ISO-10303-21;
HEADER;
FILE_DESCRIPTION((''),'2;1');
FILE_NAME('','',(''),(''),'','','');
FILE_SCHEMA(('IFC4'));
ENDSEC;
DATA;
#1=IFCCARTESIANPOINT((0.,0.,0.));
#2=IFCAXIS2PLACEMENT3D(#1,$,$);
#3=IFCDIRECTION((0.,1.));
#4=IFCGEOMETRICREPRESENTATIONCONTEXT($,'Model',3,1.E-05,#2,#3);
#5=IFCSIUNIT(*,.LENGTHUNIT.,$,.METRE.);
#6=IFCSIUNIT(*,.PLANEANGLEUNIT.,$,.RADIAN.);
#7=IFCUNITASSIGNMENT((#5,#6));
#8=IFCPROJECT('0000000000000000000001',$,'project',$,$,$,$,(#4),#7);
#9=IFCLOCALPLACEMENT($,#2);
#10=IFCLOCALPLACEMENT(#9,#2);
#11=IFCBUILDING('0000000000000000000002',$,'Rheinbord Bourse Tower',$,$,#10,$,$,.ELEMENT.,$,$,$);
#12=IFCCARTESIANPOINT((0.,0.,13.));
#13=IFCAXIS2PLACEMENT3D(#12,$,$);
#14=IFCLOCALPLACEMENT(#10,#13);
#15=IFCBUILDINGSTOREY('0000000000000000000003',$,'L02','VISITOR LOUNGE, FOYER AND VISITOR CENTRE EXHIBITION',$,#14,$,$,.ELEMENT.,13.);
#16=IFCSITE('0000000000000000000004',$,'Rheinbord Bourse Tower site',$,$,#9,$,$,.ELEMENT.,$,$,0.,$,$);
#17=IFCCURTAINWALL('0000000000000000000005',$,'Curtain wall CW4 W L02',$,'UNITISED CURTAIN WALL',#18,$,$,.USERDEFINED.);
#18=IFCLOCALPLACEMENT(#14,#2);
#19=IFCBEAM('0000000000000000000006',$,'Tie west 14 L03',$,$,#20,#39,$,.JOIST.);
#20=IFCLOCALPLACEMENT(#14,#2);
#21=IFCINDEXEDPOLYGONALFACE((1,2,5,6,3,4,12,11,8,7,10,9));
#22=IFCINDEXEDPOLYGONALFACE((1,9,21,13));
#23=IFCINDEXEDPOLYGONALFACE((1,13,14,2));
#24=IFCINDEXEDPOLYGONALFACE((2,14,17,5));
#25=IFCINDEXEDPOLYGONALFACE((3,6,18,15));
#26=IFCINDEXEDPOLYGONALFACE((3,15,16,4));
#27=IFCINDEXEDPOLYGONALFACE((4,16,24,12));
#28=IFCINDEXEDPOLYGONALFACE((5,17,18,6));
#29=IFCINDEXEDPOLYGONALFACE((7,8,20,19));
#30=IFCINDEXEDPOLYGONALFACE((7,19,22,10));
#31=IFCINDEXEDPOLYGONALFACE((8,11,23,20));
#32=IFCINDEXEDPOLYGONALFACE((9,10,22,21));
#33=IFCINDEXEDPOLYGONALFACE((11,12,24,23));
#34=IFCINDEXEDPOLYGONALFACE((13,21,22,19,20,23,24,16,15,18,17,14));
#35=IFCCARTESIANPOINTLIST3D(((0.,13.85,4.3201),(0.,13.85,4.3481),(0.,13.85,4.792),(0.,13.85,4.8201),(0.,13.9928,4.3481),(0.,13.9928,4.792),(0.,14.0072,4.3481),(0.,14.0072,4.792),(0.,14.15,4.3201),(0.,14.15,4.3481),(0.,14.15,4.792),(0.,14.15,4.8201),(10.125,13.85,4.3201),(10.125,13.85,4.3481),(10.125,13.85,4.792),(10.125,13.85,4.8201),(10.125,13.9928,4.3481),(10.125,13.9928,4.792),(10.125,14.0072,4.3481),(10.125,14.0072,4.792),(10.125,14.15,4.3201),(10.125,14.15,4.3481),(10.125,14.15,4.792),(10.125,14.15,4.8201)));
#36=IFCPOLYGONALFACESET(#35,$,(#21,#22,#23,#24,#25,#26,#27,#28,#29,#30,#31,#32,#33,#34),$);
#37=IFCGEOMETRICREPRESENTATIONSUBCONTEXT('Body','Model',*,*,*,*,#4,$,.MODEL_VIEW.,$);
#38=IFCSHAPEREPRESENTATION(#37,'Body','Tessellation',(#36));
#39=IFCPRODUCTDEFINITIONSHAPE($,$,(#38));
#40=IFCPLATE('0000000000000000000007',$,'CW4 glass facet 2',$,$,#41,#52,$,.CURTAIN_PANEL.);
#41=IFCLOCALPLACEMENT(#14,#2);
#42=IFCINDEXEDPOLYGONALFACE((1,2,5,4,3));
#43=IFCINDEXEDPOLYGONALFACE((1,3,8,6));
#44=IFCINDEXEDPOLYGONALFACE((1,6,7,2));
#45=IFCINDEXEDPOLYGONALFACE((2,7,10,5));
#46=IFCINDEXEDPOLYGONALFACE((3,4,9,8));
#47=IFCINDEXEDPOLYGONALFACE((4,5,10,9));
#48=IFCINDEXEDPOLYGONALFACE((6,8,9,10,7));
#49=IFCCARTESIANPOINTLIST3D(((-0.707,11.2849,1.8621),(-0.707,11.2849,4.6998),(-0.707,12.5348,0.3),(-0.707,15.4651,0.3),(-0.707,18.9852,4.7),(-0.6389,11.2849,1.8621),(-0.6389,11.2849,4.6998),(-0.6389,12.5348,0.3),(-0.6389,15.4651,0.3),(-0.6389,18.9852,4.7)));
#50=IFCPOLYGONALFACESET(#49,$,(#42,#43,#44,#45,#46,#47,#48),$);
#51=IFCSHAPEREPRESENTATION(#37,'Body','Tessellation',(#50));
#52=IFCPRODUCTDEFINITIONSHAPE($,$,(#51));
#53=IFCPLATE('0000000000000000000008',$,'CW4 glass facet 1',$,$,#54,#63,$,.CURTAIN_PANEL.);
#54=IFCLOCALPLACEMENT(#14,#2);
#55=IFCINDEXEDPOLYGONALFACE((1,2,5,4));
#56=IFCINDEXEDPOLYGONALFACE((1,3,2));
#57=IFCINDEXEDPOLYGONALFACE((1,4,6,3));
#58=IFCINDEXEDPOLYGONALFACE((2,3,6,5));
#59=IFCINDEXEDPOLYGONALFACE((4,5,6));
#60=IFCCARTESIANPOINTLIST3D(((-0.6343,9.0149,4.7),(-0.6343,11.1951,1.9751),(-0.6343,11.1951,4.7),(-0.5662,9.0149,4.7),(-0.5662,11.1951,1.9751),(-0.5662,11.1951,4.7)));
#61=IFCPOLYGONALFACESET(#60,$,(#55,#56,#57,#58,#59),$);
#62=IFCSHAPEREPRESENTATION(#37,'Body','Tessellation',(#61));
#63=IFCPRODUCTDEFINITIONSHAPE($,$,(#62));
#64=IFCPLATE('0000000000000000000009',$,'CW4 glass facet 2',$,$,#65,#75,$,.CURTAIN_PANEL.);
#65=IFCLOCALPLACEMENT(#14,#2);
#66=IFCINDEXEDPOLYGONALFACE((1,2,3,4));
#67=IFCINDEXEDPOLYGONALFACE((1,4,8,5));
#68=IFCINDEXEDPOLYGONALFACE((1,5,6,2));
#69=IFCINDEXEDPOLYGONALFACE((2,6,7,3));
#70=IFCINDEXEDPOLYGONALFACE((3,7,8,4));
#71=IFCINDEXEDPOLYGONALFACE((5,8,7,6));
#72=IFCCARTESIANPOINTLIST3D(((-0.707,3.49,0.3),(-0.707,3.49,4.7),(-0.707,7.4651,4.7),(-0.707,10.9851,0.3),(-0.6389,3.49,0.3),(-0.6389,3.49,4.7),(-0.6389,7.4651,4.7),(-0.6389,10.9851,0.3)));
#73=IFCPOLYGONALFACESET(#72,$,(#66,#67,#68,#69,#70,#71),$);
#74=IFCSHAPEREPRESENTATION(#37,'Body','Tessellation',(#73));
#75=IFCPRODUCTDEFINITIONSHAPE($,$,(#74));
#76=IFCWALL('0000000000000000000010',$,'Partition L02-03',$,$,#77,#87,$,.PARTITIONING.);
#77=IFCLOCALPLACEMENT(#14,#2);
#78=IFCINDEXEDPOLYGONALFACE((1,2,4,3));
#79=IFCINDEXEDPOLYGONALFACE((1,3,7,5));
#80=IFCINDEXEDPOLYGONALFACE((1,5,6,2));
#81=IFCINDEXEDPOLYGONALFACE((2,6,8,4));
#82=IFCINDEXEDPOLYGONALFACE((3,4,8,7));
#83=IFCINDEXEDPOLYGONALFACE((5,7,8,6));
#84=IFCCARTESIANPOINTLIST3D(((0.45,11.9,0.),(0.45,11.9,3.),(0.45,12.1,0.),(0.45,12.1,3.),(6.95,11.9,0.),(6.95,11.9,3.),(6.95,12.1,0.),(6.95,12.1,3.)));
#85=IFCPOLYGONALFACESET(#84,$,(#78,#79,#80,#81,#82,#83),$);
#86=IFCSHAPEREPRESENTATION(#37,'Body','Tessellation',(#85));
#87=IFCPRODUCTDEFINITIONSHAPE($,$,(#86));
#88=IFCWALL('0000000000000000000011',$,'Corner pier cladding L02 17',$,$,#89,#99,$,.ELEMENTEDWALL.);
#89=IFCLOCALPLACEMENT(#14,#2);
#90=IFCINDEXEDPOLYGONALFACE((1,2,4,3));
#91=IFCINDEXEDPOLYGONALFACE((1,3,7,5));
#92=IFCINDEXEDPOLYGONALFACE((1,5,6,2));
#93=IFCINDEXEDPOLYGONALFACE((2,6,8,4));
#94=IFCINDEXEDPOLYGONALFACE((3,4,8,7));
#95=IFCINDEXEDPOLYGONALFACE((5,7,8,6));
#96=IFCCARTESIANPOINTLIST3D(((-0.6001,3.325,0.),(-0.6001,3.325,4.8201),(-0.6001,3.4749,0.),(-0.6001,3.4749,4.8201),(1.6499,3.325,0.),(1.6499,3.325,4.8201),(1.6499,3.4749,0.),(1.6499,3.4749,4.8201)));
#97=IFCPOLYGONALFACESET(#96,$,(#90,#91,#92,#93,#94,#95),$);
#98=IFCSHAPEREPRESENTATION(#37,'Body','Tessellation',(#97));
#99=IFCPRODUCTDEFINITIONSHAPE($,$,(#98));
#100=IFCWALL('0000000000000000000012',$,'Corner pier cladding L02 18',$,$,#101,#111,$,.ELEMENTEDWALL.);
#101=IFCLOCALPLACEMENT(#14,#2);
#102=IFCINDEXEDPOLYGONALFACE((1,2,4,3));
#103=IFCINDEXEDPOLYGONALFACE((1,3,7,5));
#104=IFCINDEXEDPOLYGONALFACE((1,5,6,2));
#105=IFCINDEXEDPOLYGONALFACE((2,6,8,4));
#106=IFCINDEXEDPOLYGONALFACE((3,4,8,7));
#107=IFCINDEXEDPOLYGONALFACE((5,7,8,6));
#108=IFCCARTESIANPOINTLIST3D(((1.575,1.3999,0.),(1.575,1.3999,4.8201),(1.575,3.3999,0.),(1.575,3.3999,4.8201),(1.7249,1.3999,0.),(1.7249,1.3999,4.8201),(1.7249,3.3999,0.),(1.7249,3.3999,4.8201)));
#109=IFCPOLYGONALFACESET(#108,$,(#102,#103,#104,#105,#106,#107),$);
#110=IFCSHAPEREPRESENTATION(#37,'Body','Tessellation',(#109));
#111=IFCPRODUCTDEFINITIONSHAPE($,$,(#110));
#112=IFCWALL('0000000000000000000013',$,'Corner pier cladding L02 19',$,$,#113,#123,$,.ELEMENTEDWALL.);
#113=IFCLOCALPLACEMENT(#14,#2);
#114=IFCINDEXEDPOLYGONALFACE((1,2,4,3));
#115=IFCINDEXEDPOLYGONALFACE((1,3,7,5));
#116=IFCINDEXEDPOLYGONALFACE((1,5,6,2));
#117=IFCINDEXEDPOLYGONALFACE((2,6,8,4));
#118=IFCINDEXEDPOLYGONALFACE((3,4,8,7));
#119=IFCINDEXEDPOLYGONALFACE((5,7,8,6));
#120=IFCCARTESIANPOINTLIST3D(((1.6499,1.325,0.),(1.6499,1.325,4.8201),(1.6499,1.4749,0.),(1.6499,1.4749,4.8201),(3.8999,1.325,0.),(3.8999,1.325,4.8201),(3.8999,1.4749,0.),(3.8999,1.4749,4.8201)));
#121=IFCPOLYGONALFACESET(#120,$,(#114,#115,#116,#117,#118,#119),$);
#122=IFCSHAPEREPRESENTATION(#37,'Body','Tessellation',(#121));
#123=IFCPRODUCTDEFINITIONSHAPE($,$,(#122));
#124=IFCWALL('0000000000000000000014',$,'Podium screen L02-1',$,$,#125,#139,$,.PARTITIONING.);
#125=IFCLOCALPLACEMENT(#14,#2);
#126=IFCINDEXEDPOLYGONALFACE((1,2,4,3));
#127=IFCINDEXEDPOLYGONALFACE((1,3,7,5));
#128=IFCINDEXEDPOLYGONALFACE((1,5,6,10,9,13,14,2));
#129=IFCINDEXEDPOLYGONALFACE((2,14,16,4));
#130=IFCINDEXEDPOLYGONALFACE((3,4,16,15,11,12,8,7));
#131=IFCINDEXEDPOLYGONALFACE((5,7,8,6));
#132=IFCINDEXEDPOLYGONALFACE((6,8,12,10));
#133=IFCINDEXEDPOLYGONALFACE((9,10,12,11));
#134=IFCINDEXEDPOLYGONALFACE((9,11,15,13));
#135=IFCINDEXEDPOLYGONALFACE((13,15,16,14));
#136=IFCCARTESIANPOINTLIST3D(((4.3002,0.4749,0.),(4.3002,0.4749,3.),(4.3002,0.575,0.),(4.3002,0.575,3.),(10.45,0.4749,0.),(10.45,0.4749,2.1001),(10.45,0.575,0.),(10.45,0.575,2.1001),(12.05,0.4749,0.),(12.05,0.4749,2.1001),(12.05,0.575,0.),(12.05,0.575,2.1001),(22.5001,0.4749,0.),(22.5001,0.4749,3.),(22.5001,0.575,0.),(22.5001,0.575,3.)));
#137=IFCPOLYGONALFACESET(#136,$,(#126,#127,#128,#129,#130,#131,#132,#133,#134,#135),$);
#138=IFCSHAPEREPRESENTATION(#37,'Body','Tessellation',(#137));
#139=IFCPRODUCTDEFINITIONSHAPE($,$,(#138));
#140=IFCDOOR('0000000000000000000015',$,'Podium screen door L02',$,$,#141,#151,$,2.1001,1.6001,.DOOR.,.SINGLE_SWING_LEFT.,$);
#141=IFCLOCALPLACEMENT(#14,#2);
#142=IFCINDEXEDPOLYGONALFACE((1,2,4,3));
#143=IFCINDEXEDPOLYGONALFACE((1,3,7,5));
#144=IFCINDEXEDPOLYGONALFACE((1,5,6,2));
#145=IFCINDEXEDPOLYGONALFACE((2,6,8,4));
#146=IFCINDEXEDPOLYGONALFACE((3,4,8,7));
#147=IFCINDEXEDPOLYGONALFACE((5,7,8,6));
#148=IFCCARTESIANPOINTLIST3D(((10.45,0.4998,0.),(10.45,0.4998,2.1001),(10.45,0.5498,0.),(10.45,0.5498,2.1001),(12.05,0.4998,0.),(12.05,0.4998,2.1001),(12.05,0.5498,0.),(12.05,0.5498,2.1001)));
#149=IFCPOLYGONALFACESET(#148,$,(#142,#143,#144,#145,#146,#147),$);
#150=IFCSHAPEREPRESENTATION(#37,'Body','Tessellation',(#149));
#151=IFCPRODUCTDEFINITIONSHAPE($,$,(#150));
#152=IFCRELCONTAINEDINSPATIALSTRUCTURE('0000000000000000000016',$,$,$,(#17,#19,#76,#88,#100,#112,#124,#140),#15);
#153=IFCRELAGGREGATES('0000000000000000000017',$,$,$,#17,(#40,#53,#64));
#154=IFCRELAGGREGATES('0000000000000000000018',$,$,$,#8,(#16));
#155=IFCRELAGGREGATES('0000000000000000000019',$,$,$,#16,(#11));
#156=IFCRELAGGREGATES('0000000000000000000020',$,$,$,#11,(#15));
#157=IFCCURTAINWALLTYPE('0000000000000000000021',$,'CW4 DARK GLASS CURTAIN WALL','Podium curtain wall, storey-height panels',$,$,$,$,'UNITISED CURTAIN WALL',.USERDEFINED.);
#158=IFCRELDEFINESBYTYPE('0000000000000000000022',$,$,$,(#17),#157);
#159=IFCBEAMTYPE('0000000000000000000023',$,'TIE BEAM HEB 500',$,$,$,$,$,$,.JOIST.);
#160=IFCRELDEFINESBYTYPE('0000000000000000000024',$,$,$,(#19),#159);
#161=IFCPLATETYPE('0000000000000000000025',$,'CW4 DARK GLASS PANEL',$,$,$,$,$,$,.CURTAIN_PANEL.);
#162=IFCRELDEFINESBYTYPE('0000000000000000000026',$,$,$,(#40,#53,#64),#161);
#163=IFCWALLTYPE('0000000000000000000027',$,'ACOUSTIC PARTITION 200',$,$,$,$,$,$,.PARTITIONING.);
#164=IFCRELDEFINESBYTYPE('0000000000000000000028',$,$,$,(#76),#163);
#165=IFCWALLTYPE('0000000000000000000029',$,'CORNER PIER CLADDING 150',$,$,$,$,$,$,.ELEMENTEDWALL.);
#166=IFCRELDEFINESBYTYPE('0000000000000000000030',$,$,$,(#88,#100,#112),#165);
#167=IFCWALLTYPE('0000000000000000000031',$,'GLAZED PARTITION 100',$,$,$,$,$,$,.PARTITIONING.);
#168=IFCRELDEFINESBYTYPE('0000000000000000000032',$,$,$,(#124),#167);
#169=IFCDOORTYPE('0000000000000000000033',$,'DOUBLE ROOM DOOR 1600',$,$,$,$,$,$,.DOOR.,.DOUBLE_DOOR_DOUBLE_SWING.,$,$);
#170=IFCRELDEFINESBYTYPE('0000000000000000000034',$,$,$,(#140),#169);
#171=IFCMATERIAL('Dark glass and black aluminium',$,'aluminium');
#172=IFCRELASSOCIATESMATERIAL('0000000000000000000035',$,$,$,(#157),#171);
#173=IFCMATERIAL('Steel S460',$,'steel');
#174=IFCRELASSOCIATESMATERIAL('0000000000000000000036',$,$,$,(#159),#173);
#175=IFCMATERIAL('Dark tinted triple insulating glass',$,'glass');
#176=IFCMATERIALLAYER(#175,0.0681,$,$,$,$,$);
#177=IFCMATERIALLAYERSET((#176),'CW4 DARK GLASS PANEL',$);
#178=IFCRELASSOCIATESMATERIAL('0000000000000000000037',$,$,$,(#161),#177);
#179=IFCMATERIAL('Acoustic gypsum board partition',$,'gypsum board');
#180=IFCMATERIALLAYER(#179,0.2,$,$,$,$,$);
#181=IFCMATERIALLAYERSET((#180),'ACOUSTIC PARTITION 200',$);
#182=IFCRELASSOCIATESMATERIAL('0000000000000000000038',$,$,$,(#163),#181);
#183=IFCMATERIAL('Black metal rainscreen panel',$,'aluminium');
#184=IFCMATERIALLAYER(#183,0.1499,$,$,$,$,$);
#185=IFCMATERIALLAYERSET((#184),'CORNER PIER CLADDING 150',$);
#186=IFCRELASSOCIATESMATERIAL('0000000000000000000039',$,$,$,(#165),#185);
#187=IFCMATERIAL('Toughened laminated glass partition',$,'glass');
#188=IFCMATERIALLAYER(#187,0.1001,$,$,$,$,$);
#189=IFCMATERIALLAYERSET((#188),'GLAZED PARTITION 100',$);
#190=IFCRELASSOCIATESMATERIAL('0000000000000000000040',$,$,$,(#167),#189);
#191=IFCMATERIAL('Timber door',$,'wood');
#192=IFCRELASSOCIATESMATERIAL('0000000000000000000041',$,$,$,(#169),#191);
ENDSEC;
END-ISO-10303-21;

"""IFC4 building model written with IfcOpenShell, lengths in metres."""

from ifc_helpers import new_model, si_unit, direction, frame, frame_2d, origin, origin_2d, place, context, subcontext, project, spatial, polyline, rectangle, i_section, outline, extrude, material, layer, layer_set, material_profile, profile_set, type_object, element, fill, aggregate, save


model = new_model("IFC4")

# Units and contexts
model_context = context("Model", 3, precision=1e-05, world=origin(), true_north=direction((0.0, 1.0)))
body_context = subcontext(model_context, "Body", "Model", "MODEL_VIEW")
ifc_project = project(units=[si_unit("LENGTHUNIT", "METRE"), si_unit("PLANEANGLEUNIT", "RADIAN")], contexts=[model_context])

# Site, building, storey
site_placement = place(None, origin())
site = spatial("IfcSite", under=ifc_project, at=site_placement, Name="Rheinbord Bourse Tower site", CompositionType="ELEMENT", RefElevation=0.0)
building_placement = place(site_placement, origin())
building = spatial("IfcBuilding", under=site, at=building_placement, Name="Rheinbord Bourse Tower", CompositionType="ELEMENT")
storey_placement = place(building_placement, frame((0.0, 0.0, 13.0)))
storey = spatial("IfcBuildingStorey", under=building, at=storey_placement, Name="L02", Description="VISITOR LOUNGE, FOYER AND VISITOR CENTRE EXHIBITION", CompositionType="ELEMENT", Elevation=13.0)

# Curtain wall
ifc_material_1 = material(Name="Dark glass and black aluminium", Category="aluminium")
curtain_wall_type = type_object("IfcCurtainWallType", Name="CW4 DARK GLASS CURTAIN WALL", Description="Podium curtain wall, storey-height panels", ElementType="UNITISED CURTAIN WALL", PredefinedType="USERDEFINED", material=ifc_material_1)
curtain_wall_1_placement = place(storey_placement, origin())
curtain_wall_1 = element("IfcCurtainWall", 1, at=curtain_wall_1_placement, inside=storey, type_object=curtain_wall_type, Name="Curtain wall CW4 W L02", ObjectType="UNITISED CURTAIN WALL", PredefinedType="USERDEFINED")

# Beam
ifc_material_2 = material(Name="Steel S460", Category="steel")
ifc_material_profile_1 = material_profile(ifc_material_2, i_section(OverallWidth=0.3, OverallDepth=0.5, WebThickness=0.0144, FlangeThickness=0.0281, at=origin_2d()), Name="HEB 500")
ifc_profile_set_1 = profile_set([ifc_material_profile_1], Name="Steel S460")
beam_type_1 = type_object("IfcBeamType", Name="TIE BEAM HEB 500", PredefinedType="JOIST", material=ifc_profile_set_1)
for number, where, z_axis, x_axis, name in (
    (2, (0.0, 14.0, 4.5701), (1.0, 0.0, 0.0), (0.0, 1.0, 0.0), "Tie west 14 L03"),
):
    element("IfcBeam", number, at=place(storey_placement, frame(where, z_axis=z_axis, x_axis=x_axis)), inside=storey, type_object=beam_type_1, Name=name, PredefinedType="JOIST", context=body_context, shape_type="SweptSolid", body=[
        extrude(i_section(OverallWidth=0.3, OverallDepth=0.5, WebThickness=0.0144, FlangeThickness=0.0281, at=origin_2d()), origin(), (0.0, 0.0, 1.0), 10.125),
    ])

# Plates
ifc_material_3 = material(Name="Dark tinted triple insulating glass", Category="glass")
ifc_layer_1 = layer(ifc_material_3, 0.0681)
ifc_layer_set_1 = layer_set([ifc_layer_1], Name="CW4 DARK GLASS PANEL")
plate_type = type_object("IfcPlateType", Name="CW4 DARK GLASS PANEL", PredefinedType="CURTAIN_PANEL", material=ifc_layer_set_1)
plate_1_placement = place(storey_placement, frame((-0.707, 15.4651, 0.3), z_axis=(1.0, 0.0, 0.0), x_axis=(0.0, 0.624706, 0.78086)))
plate_1 = element("IfcPlate", 3, at=plate_1_placement, type_object=plate_type, Name="CW4 glass facet 2", PredefinedType="CURTAIN_PANEL", context=body_context, shape_type="SweptSolid", body=[
    extrude(outline(polyline([(0.0, 0.0), (5.6348, 0.0), (0.8242, 6.0127), (-1.3916, 4.24), (-1.8306, 2.2881), (0.0, 0.0)])), origin(), (0.0, 0.0, 1.0), 0.0681),
])
plate_2_placement = place(storey_placement, frame((-0.6343, 11.1951, 4.7), z_axis=(1.0, 0.0, 0.0), x_axis=(0.0, -1.0, 0.0)))
plate_2 = element("IfcPlate", 4, at=plate_2_placement, type_object=plate_type, Name="CW4 glass facet 1", PredefinedType="CURTAIN_PANEL", context=body_context, shape_type="SweptSolid", body=[
    extrude(outline(polyline([(0.0, 0.0), (2.1802, 0.0), (0.0, 2.7249), (0.0, 0.0)])), origin(), (0.0, 0.0, 1.0), 0.0681),
])
plate_3_placement = place(storey_placement, frame((-0.707, 3.49, 4.7), z_axis=(1.0, 0.0, 0.0), x_axis=(0.0, 0.0, -1.0)))
plate_3 = element("IfcPlate", 5, at=plate_3_placement, type_object=plate_type, Name="CW4 glass facet 2", PredefinedType="CURTAIN_PANEL", context=body_context, shape_type="SweptSolid", body=[
    extrude(outline(polyline([(0.0, 0.0), (4.3999, 0.0), (4.3999, 7.4951), (0.0, 3.9751), (0.0, 0.0)])), origin(), (0.0, 0.0, 1.0), 0.0681),
])
aggregate(curtain_wall_1, [plate_1, plate_2, plate_3])

# Walls
ifc_material_4 = material(Name="Acoustic gypsum board partition", Category="gypsum board")
ifc_layer_2 = layer(ifc_material_4, 0.2)
ifc_layer_set_2 = layer_set([ifc_layer_2], Name="ACOUSTIC PARTITION 200")
wall_type_1 = type_object("IfcWallType", Name="ACOUSTIC PARTITION 200", PredefinedType="PARTITIONING", material=ifc_layer_set_2)
wall_1_placement = place(storey_placement, frame((0.45, 12.0, 0.0), z_axis=(0.0, 0.0, 1.0), x_axis=(1.0, 0.0, 0.0)))
element("IfcWall", 6, at=wall_1_placement, inside=storey, type_object=wall_type_1, Name="Partition L02-03", PredefinedType="PARTITIONING", context=body_context, shape_type="SweptSolid", body=[
    extrude(rectangle(XDim=6.5, YDim=0.2, at=frame_2d((3.25, 0.0))), origin(), (0.0, 0.0, 1.0), 3.0),
])
ifc_material_5 = material(Name="Black metal rainscreen panel", Category="aluminium")
ifc_layer_3 = layer(ifc_material_5, 0.1499)
ifc_layer_set_3 = layer_set([ifc_layer_3], Name="CORNER PIER CLADDING 150")
wall_type_2 = type_object("IfcWallType", Name="CORNER PIER CLADDING 150", PredefinedType="ELEMENTEDWALL", material=ifc_layer_set_3)
wall_2_placement = place(storey_placement, frame((-0.6001, 3.3999, 0.0), z_axis=(0.0, 0.0, 1.0), x_axis=(1.0, 0.0, 0.0)))
element("IfcWall", 7, at=wall_2_placement, inside=storey, type_object=wall_type_2, Name="Corner pier cladding L02 17", PredefinedType="ELEMENTEDWALL", context=body_context, shape_type="SweptSolid", body=[
    extrude(rectangle(XDim=2.25, YDim=0.1499, at=frame_2d((1.125, 0.0))), origin(), (0.0, 0.0, 1.0), 4.8201),
])
wall_3_placement = place(storey_placement, frame((1.6499, 3.3999, 0.0), z_axis=(0.0, 0.0, 1.0), x_axis=(0.0, -1.0, 0.0)))
element("IfcWall", 8, at=wall_3_placement, inside=storey, type_object=wall_type_2, Name="Corner pier cladding L02 18", PredefinedType="ELEMENTEDWALL", context=body_context, shape_type="SweptSolid", body=[
    extrude(rectangle(XDim=2.0, YDim=0.1499, at=frame_2d((1.0, 0.0))), origin(), (0.0, 0.0, 1.0), 4.8201),
])
wall_4_placement = place(storey_placement, frame((1.6499, 1.3999, 0.0), z_axis=(0.0, 0.0, 1.0), x_axis=(1.0, 0.0, 0.0)))
element("IfcWall", 9, at=wall_4_placement, inside=storey, type_object=wall_type_2, Name="Corner pier cladding L02 19", PredefinedType="ELEMENTEDWALL", context=body_context, shape_type="SweptSolid", body=[
    extrude(rectangle(XDim=2.25, YDim=0.1499, at=frame_2d((1.125, 0.0))), origin(), (0.0, 0.0, 1.0), 4.8201),
])

# Wall, opening, door
ifc_material_6 = material(Name="Toughened laminated glass partition", Category="glass")
ifc_layer_4 = layer(ifc_material_6, 0.1001)
ifc_layer_set_4 = layer_set([ifc_layer_4], Name="GLAZED PARTITION 100")
wall_type_3 = type_object("IfcWallType", Name="GLAZED PARTITION 100", PredefinedType="PARTITIONING", material=ifc_layer_set_4)
wall_5_placement = place(storey_placement, frame((4.3, 0.5249, 0.0), z_axis=(0.0, 0.0, 1.0), x_axis=(1.0, 0.0, 0.0)))
wall_5 = element("IfcWall", 10, at=wall_5_placement, inside=storey, type_object=wall_type_3, Name="Podium screen L02-1", PredefinedType="PARTITIONING", context=body_context, shape_type="SweptSolid", body=[
    extrude(rectangle(XDim=18.2, YDim=0.1001, at=frame_2d((9.1001, 0.0))), origin(), (0.0, 0.0, 1.0), 3.0),
])
opening_placement = place(wall_5_placement, frame((6.1499, 0.0, 0.0)))
opening = element("IfcOpeningElement", 11, at=opening_placement, cuts=wall_5, PredefinedType="OPENING", context=body_context, shape_type="SweptSolid", body=[
    extrude(rectangle(XDim=1.6001, YDim=2.1001, at=frame_2d((0.8, 1.05))), frame((0.0, 0.0601, 0.0), z_axis=(0.0, -1.0, 0.0), x_axis=(1.0, 0.0, 0.0)), (0.0, 0.0, 1.0), 0.1201),
])
ifc_material_7 = material(Name="Timber door", Category="wood")
door_type = type_object("IfcDoorType", Name="DOUBLE ROOM DOOR 1600", OperationType="DOUBLE_DOOR_DOUBLE_SWING", PredefinedType="DOOR", material=ifc_material_7)
door_placement = place(opening_placement, origin())
door = element("IfcDoor", 12, at=door_placement, inside=storey, type_object=door_type, Name="Podium screen door L02", OperationType="SINGLE_SWING_LEFT", OverallHeight=2.1001, OverallWidth=1.6001, PredefinedType="DOOR", context=body_context, shape_type="SweptSolid", body=[
    extrude(rectangle(XDim=1.6001, YDim=2.1001, at=frame_2d((0.8, 1.05))), frame((0.0, 0.0249, 0.0), z_axis=(0.0, -1.0, 0.0), x_axis=(1.0, 0.0, 0.0)), (0.0, 0.0, 1.0), 0.05),
])
fill(opening, door)

save(model, "model.ifc")
